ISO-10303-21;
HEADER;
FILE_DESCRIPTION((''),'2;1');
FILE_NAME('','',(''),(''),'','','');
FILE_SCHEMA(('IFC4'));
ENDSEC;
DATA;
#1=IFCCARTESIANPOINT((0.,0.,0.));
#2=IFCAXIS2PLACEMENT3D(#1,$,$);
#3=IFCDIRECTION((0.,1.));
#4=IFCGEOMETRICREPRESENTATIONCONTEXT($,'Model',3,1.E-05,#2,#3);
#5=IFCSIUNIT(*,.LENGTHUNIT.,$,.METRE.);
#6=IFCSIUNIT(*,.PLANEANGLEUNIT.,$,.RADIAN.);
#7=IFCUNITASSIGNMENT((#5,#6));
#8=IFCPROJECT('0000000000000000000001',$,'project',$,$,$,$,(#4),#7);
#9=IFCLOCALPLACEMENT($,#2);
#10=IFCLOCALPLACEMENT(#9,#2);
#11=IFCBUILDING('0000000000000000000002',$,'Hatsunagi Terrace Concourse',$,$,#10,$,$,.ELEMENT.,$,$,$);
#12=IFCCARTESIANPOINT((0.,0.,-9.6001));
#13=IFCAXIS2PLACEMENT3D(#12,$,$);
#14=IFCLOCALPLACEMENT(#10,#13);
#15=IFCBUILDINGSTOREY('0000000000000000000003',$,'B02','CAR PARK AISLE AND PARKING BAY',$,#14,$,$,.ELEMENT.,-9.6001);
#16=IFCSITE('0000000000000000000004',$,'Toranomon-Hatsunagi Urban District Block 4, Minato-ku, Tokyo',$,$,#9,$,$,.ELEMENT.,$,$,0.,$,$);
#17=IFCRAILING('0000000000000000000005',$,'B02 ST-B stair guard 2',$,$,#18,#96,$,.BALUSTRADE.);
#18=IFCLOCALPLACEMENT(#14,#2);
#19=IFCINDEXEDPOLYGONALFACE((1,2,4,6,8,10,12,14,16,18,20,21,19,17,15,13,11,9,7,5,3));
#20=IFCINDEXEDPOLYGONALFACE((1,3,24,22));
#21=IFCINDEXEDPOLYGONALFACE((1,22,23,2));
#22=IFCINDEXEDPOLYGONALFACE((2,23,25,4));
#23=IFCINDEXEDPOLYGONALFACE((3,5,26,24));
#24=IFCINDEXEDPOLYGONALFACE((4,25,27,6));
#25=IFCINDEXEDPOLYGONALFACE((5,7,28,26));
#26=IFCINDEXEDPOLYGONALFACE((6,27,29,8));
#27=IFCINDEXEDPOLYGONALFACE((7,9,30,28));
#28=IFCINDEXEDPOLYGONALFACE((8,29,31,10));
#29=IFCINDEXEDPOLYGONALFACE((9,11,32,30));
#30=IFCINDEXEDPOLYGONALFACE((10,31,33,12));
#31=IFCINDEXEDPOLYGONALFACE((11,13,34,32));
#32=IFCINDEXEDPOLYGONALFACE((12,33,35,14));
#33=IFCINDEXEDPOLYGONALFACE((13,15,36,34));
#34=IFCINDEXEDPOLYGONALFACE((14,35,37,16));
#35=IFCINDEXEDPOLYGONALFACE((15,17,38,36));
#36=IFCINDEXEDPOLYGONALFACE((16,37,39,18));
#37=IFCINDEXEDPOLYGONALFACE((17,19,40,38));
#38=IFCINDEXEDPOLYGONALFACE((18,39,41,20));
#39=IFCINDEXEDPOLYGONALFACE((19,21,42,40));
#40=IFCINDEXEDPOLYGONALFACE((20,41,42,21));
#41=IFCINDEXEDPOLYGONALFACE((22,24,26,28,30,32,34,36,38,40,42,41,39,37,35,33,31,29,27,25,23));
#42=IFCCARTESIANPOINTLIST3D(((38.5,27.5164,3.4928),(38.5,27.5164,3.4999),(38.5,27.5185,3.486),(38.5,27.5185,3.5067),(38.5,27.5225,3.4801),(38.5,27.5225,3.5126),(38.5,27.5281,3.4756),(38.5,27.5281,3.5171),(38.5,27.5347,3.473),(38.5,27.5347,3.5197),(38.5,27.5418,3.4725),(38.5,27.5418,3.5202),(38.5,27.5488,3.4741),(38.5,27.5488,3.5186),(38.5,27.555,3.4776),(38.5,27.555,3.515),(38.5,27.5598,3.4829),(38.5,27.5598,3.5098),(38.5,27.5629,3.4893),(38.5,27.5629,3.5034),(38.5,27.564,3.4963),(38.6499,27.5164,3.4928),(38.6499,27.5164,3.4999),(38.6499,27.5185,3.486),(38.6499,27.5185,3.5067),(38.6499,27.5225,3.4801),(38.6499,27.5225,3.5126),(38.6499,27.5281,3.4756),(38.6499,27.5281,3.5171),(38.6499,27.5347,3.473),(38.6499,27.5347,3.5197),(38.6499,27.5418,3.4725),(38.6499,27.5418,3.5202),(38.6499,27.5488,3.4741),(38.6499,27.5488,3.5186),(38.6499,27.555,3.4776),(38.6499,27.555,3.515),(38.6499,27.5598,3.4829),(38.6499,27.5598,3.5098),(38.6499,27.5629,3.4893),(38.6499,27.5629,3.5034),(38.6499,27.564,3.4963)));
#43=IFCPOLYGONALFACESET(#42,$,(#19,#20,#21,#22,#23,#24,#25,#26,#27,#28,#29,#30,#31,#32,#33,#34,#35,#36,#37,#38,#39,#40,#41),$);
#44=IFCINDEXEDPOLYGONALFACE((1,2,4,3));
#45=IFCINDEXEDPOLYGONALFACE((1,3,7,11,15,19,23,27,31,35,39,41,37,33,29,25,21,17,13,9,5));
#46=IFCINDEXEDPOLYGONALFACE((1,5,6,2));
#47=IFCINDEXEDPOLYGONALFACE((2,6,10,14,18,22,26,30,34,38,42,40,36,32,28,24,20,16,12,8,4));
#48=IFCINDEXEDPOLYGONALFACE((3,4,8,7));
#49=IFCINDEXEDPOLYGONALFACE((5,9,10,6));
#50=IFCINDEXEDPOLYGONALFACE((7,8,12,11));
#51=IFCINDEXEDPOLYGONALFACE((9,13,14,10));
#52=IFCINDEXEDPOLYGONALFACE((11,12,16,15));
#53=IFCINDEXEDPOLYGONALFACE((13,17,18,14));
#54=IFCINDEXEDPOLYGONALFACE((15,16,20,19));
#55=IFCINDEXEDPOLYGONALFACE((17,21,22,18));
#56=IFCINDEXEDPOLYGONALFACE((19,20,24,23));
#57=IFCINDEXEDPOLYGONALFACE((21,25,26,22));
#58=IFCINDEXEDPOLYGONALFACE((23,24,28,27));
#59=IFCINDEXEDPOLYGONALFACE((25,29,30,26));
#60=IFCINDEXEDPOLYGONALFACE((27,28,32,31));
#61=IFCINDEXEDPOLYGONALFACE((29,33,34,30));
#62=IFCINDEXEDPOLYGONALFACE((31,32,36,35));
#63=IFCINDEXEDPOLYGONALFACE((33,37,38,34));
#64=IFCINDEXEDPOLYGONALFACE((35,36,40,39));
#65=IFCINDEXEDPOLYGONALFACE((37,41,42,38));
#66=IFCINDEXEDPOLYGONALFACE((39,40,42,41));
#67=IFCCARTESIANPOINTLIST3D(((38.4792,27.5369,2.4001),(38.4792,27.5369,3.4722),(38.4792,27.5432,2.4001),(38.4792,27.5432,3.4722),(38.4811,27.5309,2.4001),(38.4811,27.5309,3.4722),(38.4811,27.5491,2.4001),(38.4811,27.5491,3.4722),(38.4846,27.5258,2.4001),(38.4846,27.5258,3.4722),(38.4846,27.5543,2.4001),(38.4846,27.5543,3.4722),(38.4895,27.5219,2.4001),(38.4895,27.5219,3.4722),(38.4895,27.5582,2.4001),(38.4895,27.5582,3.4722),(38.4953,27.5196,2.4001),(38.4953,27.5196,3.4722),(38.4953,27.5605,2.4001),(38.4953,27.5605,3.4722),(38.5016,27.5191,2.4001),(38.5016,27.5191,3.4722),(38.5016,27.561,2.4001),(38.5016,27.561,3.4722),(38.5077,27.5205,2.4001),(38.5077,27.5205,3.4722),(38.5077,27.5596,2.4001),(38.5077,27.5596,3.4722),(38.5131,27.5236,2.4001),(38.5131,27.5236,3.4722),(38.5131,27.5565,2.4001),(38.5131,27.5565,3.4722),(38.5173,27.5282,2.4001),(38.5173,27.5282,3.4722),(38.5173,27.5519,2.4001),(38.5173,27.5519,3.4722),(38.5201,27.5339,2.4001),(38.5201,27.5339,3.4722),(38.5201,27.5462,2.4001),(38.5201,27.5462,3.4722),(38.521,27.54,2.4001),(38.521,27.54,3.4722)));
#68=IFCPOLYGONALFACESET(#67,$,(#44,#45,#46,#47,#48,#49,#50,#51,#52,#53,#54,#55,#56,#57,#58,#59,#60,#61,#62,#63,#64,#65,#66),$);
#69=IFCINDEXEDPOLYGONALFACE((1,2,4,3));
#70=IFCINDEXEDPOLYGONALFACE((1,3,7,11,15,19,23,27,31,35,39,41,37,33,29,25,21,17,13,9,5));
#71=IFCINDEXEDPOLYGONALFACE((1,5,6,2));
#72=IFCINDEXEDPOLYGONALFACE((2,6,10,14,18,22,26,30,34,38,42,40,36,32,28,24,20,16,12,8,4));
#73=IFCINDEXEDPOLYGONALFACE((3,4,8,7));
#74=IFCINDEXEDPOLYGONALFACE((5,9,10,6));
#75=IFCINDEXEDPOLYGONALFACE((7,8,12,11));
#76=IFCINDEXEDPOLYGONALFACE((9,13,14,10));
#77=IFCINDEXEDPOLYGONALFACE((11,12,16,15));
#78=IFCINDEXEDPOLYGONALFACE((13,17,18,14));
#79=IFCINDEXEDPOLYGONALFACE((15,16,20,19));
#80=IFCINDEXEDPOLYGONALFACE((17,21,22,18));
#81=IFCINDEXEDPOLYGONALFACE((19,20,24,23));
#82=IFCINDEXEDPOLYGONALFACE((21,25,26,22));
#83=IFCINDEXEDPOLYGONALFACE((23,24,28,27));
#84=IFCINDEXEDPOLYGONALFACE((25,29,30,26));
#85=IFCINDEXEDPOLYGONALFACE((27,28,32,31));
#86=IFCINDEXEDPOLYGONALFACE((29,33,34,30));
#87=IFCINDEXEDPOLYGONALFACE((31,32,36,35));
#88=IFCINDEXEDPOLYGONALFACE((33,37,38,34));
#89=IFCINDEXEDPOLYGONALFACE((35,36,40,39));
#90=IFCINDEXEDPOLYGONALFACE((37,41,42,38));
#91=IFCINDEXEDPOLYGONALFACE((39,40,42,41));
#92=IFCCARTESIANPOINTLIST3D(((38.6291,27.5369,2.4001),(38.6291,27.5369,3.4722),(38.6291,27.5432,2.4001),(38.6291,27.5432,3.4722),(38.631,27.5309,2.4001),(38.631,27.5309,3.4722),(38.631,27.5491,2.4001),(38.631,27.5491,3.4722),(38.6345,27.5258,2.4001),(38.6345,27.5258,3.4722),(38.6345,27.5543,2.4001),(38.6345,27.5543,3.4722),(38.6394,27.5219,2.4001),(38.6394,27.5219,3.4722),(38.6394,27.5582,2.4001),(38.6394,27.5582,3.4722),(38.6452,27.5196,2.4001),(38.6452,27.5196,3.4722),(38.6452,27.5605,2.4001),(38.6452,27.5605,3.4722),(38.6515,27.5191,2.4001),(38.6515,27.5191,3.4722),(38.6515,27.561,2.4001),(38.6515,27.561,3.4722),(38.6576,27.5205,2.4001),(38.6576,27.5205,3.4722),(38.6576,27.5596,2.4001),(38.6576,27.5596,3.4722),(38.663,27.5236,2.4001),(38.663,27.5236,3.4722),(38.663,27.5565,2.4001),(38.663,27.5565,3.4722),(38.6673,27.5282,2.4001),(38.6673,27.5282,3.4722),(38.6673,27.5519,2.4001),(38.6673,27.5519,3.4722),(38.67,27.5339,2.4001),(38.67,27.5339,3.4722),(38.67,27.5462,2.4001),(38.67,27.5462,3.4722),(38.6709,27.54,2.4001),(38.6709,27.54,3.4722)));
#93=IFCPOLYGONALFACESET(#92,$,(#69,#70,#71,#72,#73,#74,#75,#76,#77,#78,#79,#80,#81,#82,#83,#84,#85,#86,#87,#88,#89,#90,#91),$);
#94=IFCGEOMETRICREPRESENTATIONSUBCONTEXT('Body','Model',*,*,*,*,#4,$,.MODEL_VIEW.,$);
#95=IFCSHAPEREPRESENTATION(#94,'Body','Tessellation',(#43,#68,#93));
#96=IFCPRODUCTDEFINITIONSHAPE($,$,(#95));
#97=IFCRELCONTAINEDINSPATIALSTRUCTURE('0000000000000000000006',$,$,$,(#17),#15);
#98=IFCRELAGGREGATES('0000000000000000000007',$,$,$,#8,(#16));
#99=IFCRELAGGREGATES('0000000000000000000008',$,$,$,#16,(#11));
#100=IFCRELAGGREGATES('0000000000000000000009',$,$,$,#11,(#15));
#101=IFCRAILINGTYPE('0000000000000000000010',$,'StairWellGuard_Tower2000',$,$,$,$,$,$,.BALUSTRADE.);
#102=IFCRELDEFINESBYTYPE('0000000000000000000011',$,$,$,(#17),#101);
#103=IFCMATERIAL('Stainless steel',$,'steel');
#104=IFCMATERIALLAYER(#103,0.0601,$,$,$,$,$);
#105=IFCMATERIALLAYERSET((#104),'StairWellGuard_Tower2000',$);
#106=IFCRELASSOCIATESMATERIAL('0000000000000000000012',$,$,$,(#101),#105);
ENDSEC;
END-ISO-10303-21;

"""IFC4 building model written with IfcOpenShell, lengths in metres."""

from ifc_helpers import new_model, si_unit, direction, frame, origin, origin_2d, place, context, subcontext, project, spatial, circle, extrude, material, layer, layer_set, type_object, element, save


model = new_model("IFC4")

# Units and contexts
model_context = context("Model", 3, precision=1e-05, world=origin(), true_north=direction((0.0, 1.0)))
body_context = subcontext(model_context, "Body", "Model", "MODEL_VIEW")
ifc_project = project(units=[si_unit("LENGTHUNIT", "METRE"), si_unit("PLANEANGLEUNIT", "RADIAN")], contexts=[model_context])

# Site, building, storey
site_placement = place(None, origin())
site = spatial("IfcSite", under=ifc_project, at=site_placement, Name="Toranomon-Hatsunagi Urban District Block 4, Minato-ku, Tokyo", CompositionType="ELEMENT", RefElevation=0.0)
building_placement = place(site_placement, origin())
building = spatial("IfcBuilding", under=site, at=building_placement, Name="Hatsunagi Terrace Concourse", CompositionType="ELEMENT")
storey_placement = place(building_placement, frame((0.0, 0.0, -9.6001)))
storey = spatial("IfcBuildingStorey", under=building, at=storey_placement, Name="B02", Description="CAR PARK AISLE AND PARKING BAY", CompositionType="ELEMENT", Elevation=-9.6001)

# Railing
ifc_material_1 = material(Name="Stainless steel", Category="steel")
ifc_layer_1 = layer(ifc_material_1, 0.0601)
ifc_layer_set_1 = layer_set([ifc_layer_1], Name="StairWellGuard_Tower2000")
railing_type_1 = type_object("IfcRailingType", Name="StairWellGuard_Tower2000", PredefinedType="BALUSTRADE", material=ifc_layer_set_1)
railing_1_placement = place(storey_placement, frame((38.5, 27.54, 2.4001)))
element("IfcRailing", 1, at=railing_1_placement, inside=storey, type_object=railing_type_1, Name="B02 ST-B stair guard 2", PredefinedType="BALUSTRADE", context=body_context, shape_type="SweptSolid", body=[
    extrude(circle(Radius=0.0239, at=origin_2d()), frame((0.0, 0.0, 1.0962), z_axis=(1.0, 0.0, 0.0), x_axis=(0.0, 1.0, 0.0)), (0.0, 0.0, 1.0), 0.1499),
    extrude(circle(Radius=0.021, at=origin_2d()), origin(), (0.0, 0.0, 1.0), 1.072),
    extrude(circle(Radius=0.021, at=origin_2d()), frame((0.1499, 0.0, 0.0)), (0.0, 0.0, 1.0), 1.072),
])

save(model, "model.ifc")
